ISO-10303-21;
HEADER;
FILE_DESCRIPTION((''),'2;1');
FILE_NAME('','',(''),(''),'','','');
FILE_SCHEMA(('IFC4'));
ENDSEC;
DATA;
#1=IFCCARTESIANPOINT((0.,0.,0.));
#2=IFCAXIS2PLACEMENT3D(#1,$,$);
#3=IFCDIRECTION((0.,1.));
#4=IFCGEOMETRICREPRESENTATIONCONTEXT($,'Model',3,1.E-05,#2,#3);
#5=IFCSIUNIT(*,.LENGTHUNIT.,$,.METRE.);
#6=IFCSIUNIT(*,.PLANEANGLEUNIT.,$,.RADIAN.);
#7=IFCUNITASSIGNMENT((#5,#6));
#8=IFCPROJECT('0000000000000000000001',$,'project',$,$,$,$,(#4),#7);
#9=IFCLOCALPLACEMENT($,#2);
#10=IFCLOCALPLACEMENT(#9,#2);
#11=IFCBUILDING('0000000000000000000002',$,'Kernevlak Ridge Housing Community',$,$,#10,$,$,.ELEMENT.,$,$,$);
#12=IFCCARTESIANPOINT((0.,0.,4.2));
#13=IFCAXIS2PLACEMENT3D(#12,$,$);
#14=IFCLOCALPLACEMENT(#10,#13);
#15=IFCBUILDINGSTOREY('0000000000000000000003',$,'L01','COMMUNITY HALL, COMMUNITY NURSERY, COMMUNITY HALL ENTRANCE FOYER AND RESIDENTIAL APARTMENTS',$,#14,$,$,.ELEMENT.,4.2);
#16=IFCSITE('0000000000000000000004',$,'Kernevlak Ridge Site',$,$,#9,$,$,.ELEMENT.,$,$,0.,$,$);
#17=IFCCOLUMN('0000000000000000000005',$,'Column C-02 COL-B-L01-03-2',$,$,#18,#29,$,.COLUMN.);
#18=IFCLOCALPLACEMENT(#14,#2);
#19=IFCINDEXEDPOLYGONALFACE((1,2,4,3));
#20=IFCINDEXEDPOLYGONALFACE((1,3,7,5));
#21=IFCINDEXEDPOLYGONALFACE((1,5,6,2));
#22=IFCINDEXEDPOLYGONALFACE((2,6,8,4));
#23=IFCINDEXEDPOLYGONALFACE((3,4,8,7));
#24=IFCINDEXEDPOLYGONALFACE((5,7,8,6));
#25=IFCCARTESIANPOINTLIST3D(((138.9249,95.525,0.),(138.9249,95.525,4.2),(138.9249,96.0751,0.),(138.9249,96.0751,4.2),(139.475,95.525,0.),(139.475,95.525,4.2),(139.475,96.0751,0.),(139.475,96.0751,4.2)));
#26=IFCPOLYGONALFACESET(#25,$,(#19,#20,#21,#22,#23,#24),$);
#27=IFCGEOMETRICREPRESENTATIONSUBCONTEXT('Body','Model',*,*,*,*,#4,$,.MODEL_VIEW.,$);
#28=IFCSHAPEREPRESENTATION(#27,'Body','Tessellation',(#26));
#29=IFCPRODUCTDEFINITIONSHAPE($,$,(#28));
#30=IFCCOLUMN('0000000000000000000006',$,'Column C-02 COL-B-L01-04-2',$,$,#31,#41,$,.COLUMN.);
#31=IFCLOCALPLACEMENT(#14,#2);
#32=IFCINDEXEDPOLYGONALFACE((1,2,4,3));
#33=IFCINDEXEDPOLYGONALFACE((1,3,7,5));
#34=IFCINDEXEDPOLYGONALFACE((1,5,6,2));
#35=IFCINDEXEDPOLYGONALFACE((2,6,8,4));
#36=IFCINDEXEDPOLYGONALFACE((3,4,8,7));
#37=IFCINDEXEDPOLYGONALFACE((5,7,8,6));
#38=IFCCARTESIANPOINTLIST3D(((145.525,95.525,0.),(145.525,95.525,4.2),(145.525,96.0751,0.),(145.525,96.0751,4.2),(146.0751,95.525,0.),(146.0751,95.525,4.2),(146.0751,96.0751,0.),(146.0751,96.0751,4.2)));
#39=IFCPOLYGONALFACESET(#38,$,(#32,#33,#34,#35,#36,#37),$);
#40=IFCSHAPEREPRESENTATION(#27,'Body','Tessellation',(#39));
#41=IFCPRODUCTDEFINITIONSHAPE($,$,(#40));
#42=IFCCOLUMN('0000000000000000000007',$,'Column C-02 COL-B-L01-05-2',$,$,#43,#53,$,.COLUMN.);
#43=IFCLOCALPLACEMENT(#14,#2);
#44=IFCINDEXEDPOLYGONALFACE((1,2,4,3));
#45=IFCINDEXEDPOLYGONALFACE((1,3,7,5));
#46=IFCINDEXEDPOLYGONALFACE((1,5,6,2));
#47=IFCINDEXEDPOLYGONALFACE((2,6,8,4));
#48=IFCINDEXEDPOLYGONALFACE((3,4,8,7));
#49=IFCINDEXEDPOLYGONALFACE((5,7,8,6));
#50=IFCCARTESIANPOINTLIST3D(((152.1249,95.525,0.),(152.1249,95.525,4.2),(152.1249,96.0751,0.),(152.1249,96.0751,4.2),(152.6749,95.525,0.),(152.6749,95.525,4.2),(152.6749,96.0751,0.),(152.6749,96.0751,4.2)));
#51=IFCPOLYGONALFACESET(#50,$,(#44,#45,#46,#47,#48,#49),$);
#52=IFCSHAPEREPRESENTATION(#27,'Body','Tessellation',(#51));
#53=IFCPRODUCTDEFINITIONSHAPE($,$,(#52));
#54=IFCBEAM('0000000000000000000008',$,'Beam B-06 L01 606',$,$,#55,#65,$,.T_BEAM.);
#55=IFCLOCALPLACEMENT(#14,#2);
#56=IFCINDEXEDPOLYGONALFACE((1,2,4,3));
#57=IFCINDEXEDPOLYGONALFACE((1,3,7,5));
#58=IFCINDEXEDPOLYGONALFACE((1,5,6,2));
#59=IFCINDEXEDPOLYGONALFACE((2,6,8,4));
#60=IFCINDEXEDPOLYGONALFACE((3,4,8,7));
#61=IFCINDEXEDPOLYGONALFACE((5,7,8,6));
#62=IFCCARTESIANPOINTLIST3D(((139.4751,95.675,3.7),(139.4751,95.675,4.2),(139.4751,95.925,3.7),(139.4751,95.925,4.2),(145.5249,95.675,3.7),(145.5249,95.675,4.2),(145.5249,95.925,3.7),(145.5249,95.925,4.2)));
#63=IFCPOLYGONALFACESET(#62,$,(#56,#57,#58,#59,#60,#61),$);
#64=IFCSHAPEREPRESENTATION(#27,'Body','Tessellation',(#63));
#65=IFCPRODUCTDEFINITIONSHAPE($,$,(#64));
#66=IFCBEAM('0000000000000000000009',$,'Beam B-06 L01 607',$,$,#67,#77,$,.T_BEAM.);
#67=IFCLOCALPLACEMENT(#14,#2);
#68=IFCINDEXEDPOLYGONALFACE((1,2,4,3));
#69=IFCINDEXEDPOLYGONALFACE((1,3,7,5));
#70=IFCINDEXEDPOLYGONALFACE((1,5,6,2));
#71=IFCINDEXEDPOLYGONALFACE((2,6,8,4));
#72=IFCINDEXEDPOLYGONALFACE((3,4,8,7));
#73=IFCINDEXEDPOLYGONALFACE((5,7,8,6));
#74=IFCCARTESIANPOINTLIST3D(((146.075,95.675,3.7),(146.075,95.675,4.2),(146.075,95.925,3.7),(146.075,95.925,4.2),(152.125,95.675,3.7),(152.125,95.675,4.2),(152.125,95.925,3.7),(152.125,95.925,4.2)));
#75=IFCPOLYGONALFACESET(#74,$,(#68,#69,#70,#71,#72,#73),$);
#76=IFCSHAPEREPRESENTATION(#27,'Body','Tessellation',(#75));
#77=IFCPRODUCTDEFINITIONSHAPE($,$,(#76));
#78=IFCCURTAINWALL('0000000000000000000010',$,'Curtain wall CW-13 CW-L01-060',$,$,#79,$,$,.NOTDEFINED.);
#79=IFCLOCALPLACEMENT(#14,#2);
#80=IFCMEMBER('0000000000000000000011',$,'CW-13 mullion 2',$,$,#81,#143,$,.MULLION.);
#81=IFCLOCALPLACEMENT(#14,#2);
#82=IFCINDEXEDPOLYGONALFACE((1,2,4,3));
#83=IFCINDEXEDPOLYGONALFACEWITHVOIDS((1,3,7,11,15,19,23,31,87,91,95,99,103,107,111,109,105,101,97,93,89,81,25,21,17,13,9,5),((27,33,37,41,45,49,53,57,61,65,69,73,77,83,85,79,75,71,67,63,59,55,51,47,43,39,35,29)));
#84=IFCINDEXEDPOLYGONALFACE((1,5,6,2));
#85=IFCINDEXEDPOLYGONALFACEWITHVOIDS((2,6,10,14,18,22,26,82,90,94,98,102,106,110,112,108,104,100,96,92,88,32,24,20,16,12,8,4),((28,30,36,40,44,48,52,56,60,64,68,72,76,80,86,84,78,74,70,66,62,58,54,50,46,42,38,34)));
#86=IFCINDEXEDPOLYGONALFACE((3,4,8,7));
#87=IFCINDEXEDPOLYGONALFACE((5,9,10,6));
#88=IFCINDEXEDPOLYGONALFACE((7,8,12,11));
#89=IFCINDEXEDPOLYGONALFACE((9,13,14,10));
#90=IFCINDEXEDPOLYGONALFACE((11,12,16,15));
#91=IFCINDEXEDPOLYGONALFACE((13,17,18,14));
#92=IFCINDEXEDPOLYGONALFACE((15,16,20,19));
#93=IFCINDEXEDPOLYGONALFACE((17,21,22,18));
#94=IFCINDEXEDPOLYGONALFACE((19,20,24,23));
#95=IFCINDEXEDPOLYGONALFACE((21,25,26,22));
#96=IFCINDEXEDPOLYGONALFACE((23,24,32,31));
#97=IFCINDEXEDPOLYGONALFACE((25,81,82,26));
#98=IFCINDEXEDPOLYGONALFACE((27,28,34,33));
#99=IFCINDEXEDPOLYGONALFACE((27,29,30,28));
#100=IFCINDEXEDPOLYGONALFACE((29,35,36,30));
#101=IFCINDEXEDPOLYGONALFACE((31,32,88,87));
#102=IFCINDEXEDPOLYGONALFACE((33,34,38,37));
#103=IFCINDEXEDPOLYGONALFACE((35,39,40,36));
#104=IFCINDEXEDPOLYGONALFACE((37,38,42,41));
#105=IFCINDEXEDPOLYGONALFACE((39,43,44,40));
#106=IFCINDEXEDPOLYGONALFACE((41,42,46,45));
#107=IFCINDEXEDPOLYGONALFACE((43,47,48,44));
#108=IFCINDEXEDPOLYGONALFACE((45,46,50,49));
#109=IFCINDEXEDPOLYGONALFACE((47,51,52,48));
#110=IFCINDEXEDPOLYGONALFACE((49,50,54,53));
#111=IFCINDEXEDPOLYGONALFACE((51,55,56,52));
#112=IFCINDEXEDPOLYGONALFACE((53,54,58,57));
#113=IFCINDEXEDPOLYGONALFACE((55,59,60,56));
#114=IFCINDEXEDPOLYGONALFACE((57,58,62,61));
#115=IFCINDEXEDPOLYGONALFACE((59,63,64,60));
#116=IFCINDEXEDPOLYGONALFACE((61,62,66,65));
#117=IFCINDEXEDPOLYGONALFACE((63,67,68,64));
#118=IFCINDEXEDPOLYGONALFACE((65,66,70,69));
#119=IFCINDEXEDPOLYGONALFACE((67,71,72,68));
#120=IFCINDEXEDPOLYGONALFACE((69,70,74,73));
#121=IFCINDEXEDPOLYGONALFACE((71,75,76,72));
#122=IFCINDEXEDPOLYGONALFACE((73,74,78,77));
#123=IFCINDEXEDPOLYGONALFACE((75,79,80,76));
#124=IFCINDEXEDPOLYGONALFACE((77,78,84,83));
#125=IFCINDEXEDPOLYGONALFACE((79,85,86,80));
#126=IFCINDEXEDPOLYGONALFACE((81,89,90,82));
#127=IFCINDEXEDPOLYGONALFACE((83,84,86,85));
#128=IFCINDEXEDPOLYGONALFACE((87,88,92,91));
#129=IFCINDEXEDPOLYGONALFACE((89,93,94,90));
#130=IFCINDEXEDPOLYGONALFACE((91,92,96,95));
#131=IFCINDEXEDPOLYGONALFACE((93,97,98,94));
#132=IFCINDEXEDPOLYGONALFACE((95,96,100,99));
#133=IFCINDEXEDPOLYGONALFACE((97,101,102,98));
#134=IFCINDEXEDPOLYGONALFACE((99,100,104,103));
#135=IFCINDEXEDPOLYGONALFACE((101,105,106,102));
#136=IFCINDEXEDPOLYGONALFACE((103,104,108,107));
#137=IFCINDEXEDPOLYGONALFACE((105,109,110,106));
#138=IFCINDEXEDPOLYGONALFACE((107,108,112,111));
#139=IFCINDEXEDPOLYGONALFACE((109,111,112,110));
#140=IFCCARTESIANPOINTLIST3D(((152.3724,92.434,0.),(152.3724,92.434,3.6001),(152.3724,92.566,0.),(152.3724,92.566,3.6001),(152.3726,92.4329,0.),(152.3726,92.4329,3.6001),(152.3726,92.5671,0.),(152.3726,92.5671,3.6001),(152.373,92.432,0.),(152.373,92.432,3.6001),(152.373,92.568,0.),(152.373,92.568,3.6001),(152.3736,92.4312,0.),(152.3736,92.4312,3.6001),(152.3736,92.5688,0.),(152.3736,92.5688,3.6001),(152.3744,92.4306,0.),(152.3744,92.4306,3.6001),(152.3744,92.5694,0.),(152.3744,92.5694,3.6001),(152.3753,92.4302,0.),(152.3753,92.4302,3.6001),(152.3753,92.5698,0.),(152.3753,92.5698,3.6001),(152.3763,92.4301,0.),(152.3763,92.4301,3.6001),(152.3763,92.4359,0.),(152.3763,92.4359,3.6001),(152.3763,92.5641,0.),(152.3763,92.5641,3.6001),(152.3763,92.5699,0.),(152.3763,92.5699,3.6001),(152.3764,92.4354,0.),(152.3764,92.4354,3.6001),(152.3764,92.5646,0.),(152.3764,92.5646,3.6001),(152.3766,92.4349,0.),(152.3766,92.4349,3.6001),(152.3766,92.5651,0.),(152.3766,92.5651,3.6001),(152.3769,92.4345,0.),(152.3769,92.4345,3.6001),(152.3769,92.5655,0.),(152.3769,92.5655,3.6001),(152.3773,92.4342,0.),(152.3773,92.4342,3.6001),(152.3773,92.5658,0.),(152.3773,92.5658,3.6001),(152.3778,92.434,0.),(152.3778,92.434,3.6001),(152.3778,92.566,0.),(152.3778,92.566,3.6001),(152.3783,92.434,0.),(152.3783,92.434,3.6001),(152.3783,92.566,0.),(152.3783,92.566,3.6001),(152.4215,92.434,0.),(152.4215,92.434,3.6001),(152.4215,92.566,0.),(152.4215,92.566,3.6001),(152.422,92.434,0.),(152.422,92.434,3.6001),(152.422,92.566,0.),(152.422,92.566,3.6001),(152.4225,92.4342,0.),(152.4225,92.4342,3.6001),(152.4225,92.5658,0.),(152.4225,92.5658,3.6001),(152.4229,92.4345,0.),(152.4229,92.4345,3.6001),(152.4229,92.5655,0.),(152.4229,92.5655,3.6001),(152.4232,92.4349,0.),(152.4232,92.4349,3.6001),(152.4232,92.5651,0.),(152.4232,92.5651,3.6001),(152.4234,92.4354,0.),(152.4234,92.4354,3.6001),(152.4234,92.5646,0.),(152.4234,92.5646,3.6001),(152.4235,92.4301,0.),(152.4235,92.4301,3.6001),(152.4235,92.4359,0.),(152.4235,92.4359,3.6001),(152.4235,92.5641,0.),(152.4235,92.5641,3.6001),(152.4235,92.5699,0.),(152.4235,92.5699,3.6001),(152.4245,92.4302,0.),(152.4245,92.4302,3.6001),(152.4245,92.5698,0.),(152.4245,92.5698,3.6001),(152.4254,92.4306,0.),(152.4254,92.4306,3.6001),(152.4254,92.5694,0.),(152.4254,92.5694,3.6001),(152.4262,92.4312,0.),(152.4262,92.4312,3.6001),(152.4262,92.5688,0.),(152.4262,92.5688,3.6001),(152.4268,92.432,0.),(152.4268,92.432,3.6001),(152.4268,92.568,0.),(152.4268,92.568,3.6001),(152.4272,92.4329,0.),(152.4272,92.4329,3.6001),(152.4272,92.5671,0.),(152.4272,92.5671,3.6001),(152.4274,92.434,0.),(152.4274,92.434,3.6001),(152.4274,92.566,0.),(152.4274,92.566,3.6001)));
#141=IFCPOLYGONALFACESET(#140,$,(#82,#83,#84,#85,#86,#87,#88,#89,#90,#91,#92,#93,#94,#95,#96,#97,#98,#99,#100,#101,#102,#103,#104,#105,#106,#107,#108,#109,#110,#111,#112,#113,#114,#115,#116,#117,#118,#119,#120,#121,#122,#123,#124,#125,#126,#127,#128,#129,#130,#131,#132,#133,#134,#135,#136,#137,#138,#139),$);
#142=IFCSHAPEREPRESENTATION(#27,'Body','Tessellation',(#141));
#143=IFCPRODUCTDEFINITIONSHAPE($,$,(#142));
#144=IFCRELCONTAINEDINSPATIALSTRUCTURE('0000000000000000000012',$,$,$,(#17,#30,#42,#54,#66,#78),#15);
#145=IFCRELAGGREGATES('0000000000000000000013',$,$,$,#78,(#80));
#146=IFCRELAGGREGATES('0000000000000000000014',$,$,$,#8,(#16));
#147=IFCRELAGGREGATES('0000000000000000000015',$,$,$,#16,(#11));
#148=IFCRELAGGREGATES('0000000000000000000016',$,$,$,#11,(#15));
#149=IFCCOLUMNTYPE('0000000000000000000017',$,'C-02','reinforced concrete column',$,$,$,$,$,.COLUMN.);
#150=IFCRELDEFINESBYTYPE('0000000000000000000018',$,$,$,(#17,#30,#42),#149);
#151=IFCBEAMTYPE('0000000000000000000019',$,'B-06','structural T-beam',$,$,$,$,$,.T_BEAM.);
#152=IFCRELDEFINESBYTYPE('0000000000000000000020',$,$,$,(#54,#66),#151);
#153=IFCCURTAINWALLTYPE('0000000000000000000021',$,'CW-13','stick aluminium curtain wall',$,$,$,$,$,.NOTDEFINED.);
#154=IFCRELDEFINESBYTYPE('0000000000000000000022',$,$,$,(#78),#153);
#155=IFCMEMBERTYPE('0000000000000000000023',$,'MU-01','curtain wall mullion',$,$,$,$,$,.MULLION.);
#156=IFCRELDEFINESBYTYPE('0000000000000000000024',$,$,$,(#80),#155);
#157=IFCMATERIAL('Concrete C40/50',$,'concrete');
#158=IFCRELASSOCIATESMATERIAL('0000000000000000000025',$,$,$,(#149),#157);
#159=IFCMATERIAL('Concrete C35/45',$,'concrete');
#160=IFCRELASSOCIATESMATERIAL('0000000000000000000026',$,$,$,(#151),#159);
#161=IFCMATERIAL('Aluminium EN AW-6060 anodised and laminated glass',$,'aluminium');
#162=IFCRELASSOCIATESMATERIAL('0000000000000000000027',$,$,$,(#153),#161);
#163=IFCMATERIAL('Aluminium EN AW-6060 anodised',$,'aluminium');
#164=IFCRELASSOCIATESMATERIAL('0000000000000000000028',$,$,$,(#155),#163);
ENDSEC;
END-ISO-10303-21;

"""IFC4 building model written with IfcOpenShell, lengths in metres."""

from ifc_helpers import new_model, si_unit, direction, frame, origin, origin_2d, place, context, subcontext, project, spatial, rectangle, hollow_rectangle, extrude, material, material_profile, profile_set, type_object, element, aggregate, save


model = new_model("IFC4")

# Units and contexts
model_context = context("Model", 3, precision=1e-05, world=origin(), true_north=direction((0.0, 1.0)))
body_context = subcontext(model_context, "Body", "Model", "MODEL_VIEW")
ifc_project = project(units=[si_unit("LENGTHUNIT", "METRE"), si_unit("PLANEANGLEUNIT", "RADIAN")], contexts=[model_context])

# Site, building, storey
site_placement = place(None, origin())
site = spatial("IfcSite", under=ifc_project, at=site_placement, Name="Kernevlak Ridge Site", CompositionType="ELEMENT", RefElevation=0.0)
building_placement = place(site_placement, origin())
building = spatial("IfcBuilding", under=site, at=building_placement, Name="Kernevlak Ridge Housing Community", CompositionType="ELEMENT")
storey_placement = place(building_placement, frame((0.0, 0.0, 4.2)))
storey = spatial("IfcBuildingStorey", under=building, at=storey_placement, Name="L01", Description="COMMUNITY HALL, COMMUNITY NURSERY, COMMUNITY HALL ENTRANCE FOYER AND RESIDENTIAL APARTMENTS", CompositionType="ELEMENT", Elevation=4.2)

# Columns
ifc_material_1 = material(Name="Concrete C40/50", Category="concrete")
ifc_material_profile_1 = material_profile(ifc_material_1, rectangle(XDim=0.55, YDim=0.55, at=origin_2d()), Name="RC 550x550")
ifc_profile_set_1 = profile_set([ifc_material_profile_1], Name="Concrete C40/50")
column_type = type_object("IfcColumnType", Name="C-02", Description="reinforced concrete column", PredefinedType="COLUMN", material=ifc_profile_set_1)
for number, where, z_axis, x_axis, name in (
    (1, (139.2, 95.8, 0.0), (0.0, 0.0, 1.0), (1.0, 0.0, 0.0), "Column C-02 COL-B-L01-03-2"),
    (2, (145.8, 95.8, 0.0), (0.0, 0.0, 1.0), (1.0, 0.0, 0.0), "Column C-02 COL-B-L01-04-2"),
    (3, (152.3999, 95.8, 0.0), (0.0, 0.0, 1.0), (1.0, 0.0, 0.0), "Column C-02 COL-B-L01-05-2"),
):
    element("IfcColumn", number, at=place(storey_placement, frame(where, z_axis=z_axis, x_axis=x_axis)), inside=storey, type_object=column_type, Name=name, PredefinedType="COLUMN", context=body_context, shape_type="SweptSolid", body=[
        extrude(rectangle(XDim=0.55, YDim=0.55, at=origin_2d()), origin(), (0.0, 0.0, 1.0), 4.2),
    ])

# Beams
ifc_material_2 = material(Name="Concrete C35/45", Category="concrete")
ifc_material_profile_2 = material_profile(ifc_material_2, rectangle(XDim=0.25, YDim=0.5, at=origin_2d()), Name="RC 250x500")
ifc_profile_set_2 = profile_set([ifc_material_profile_2], Name="Concrete C35/45")
beam_type = type_object("IfcBeamType", Name="B-06", Description="structural T-beam", PredefinedType="T_BEAM", material=ifc_profile_set_2)
beam_1_placement = place(storey_placement, frame((139.4751, 95.8, 3.95), z_axis=(1.0, 0.0, 0.0), x_axis=(0.0, 1.0, 0.0)))
element("IfcBeam", 4, at=beam_1_placement, inside=storey, type_object=beam_type, Name="Beam B-06 L01 606", PredefinedType="T_BEAM", context=body_context, shape_type="SweptSolid", body=[
    extrude(rectangle(XDim=0.25, YDim=0.5, at=origin_2d()), origin(), (0.0, 0.0, 1.0), 6.0498),
])
beam_2_placement = place(storey_placement, frame((146.075, 95.8, 3.95), z_axis=(1.0, 0.0, 0.0), x_axis=(0.0, 1.0, 0.0)))
element("IfcBeam", 5, at=beam_2_placement, inside=storey, type_object=beam_type, Name="Beam B-06 L01 607", PredefinedType="T_BEAM", context=body_context, shape_type="SweptSolid", body=[
    extrude(rectangle(XDim=0.25, YDim=0.5, at=origin_2d()), origin(), (0.0, 0.0, 1.0), 6.05),
])

# Curtain wall, member
ifc_material_3 = material(Name="Aluminium EN AW-6060 anodised and laminated glass", Category="aluminium")
curtain_wall_type = type_object("IfcCurtainWallType", Name="CW-13", Description="stick aluminium curtain wall", PredefinedType="NOTDEFINED", material=ifc_material_3)
curtain_wall_placement = place(storey_placement, origin())
curtain_wall = element("IfcCurtainWall", 6, at=curtain_wall_placement, inside=storey, type_object=curtain_wall_type, Name="Curtain wall CW-13 CW-L01-060", PredefinedType="NOTDEFINED")
ifc_material_4 = material(Name="Aluminium EN AW-6060 anodised", Category="aluminium")
ifc_material_profile_3 = material_profile(ifc_material_4, hollow_rectangle(XDim=0.0549, YDim=0.1399, WallThickness=0.0039, InnerFilletRadius=0.002, OuterFilletRadius=0.0039, at=origin_2d()), Name="ALU 55x140x4")
ifc_profile_set_3 = profile_set([ifc_material_profile_3], Name="Aluminium EN AW-6060 anodised")
member_type_1 = type_object("IfcMemberType", Name="MU-01", Description="curtain wall mullion", PredefinedType="MULLION", material=ifc_profile_set_3)
member_1_placement = place(storey_placement, frame((152.3999, 92.5, 0.0), z_axis=(0.0, 0.0, 1.0), x_axis=(-1.0, 0.0, 0.0)))
member_1 = element("IfcMember", 7, at=member_1_placement, type_object=member_type_1, Name="CW-13 mullion 2", PredefinedType="MULLION", context=body_context, shape_type="SweptSolid", body=[
    extrude(hollow_rectangle(XDim=0.0549, YDim=0.1399, WallThickness=0.0039, InnerFilletRadius=0.002, OuterFilletRadius=0.0039, at=origin_2d()), origin(), (0.0, 0.0, 1.0), 3.6001),
])
aggregate(curtain_wall, [member_1])

save(model, "model.ifc")
